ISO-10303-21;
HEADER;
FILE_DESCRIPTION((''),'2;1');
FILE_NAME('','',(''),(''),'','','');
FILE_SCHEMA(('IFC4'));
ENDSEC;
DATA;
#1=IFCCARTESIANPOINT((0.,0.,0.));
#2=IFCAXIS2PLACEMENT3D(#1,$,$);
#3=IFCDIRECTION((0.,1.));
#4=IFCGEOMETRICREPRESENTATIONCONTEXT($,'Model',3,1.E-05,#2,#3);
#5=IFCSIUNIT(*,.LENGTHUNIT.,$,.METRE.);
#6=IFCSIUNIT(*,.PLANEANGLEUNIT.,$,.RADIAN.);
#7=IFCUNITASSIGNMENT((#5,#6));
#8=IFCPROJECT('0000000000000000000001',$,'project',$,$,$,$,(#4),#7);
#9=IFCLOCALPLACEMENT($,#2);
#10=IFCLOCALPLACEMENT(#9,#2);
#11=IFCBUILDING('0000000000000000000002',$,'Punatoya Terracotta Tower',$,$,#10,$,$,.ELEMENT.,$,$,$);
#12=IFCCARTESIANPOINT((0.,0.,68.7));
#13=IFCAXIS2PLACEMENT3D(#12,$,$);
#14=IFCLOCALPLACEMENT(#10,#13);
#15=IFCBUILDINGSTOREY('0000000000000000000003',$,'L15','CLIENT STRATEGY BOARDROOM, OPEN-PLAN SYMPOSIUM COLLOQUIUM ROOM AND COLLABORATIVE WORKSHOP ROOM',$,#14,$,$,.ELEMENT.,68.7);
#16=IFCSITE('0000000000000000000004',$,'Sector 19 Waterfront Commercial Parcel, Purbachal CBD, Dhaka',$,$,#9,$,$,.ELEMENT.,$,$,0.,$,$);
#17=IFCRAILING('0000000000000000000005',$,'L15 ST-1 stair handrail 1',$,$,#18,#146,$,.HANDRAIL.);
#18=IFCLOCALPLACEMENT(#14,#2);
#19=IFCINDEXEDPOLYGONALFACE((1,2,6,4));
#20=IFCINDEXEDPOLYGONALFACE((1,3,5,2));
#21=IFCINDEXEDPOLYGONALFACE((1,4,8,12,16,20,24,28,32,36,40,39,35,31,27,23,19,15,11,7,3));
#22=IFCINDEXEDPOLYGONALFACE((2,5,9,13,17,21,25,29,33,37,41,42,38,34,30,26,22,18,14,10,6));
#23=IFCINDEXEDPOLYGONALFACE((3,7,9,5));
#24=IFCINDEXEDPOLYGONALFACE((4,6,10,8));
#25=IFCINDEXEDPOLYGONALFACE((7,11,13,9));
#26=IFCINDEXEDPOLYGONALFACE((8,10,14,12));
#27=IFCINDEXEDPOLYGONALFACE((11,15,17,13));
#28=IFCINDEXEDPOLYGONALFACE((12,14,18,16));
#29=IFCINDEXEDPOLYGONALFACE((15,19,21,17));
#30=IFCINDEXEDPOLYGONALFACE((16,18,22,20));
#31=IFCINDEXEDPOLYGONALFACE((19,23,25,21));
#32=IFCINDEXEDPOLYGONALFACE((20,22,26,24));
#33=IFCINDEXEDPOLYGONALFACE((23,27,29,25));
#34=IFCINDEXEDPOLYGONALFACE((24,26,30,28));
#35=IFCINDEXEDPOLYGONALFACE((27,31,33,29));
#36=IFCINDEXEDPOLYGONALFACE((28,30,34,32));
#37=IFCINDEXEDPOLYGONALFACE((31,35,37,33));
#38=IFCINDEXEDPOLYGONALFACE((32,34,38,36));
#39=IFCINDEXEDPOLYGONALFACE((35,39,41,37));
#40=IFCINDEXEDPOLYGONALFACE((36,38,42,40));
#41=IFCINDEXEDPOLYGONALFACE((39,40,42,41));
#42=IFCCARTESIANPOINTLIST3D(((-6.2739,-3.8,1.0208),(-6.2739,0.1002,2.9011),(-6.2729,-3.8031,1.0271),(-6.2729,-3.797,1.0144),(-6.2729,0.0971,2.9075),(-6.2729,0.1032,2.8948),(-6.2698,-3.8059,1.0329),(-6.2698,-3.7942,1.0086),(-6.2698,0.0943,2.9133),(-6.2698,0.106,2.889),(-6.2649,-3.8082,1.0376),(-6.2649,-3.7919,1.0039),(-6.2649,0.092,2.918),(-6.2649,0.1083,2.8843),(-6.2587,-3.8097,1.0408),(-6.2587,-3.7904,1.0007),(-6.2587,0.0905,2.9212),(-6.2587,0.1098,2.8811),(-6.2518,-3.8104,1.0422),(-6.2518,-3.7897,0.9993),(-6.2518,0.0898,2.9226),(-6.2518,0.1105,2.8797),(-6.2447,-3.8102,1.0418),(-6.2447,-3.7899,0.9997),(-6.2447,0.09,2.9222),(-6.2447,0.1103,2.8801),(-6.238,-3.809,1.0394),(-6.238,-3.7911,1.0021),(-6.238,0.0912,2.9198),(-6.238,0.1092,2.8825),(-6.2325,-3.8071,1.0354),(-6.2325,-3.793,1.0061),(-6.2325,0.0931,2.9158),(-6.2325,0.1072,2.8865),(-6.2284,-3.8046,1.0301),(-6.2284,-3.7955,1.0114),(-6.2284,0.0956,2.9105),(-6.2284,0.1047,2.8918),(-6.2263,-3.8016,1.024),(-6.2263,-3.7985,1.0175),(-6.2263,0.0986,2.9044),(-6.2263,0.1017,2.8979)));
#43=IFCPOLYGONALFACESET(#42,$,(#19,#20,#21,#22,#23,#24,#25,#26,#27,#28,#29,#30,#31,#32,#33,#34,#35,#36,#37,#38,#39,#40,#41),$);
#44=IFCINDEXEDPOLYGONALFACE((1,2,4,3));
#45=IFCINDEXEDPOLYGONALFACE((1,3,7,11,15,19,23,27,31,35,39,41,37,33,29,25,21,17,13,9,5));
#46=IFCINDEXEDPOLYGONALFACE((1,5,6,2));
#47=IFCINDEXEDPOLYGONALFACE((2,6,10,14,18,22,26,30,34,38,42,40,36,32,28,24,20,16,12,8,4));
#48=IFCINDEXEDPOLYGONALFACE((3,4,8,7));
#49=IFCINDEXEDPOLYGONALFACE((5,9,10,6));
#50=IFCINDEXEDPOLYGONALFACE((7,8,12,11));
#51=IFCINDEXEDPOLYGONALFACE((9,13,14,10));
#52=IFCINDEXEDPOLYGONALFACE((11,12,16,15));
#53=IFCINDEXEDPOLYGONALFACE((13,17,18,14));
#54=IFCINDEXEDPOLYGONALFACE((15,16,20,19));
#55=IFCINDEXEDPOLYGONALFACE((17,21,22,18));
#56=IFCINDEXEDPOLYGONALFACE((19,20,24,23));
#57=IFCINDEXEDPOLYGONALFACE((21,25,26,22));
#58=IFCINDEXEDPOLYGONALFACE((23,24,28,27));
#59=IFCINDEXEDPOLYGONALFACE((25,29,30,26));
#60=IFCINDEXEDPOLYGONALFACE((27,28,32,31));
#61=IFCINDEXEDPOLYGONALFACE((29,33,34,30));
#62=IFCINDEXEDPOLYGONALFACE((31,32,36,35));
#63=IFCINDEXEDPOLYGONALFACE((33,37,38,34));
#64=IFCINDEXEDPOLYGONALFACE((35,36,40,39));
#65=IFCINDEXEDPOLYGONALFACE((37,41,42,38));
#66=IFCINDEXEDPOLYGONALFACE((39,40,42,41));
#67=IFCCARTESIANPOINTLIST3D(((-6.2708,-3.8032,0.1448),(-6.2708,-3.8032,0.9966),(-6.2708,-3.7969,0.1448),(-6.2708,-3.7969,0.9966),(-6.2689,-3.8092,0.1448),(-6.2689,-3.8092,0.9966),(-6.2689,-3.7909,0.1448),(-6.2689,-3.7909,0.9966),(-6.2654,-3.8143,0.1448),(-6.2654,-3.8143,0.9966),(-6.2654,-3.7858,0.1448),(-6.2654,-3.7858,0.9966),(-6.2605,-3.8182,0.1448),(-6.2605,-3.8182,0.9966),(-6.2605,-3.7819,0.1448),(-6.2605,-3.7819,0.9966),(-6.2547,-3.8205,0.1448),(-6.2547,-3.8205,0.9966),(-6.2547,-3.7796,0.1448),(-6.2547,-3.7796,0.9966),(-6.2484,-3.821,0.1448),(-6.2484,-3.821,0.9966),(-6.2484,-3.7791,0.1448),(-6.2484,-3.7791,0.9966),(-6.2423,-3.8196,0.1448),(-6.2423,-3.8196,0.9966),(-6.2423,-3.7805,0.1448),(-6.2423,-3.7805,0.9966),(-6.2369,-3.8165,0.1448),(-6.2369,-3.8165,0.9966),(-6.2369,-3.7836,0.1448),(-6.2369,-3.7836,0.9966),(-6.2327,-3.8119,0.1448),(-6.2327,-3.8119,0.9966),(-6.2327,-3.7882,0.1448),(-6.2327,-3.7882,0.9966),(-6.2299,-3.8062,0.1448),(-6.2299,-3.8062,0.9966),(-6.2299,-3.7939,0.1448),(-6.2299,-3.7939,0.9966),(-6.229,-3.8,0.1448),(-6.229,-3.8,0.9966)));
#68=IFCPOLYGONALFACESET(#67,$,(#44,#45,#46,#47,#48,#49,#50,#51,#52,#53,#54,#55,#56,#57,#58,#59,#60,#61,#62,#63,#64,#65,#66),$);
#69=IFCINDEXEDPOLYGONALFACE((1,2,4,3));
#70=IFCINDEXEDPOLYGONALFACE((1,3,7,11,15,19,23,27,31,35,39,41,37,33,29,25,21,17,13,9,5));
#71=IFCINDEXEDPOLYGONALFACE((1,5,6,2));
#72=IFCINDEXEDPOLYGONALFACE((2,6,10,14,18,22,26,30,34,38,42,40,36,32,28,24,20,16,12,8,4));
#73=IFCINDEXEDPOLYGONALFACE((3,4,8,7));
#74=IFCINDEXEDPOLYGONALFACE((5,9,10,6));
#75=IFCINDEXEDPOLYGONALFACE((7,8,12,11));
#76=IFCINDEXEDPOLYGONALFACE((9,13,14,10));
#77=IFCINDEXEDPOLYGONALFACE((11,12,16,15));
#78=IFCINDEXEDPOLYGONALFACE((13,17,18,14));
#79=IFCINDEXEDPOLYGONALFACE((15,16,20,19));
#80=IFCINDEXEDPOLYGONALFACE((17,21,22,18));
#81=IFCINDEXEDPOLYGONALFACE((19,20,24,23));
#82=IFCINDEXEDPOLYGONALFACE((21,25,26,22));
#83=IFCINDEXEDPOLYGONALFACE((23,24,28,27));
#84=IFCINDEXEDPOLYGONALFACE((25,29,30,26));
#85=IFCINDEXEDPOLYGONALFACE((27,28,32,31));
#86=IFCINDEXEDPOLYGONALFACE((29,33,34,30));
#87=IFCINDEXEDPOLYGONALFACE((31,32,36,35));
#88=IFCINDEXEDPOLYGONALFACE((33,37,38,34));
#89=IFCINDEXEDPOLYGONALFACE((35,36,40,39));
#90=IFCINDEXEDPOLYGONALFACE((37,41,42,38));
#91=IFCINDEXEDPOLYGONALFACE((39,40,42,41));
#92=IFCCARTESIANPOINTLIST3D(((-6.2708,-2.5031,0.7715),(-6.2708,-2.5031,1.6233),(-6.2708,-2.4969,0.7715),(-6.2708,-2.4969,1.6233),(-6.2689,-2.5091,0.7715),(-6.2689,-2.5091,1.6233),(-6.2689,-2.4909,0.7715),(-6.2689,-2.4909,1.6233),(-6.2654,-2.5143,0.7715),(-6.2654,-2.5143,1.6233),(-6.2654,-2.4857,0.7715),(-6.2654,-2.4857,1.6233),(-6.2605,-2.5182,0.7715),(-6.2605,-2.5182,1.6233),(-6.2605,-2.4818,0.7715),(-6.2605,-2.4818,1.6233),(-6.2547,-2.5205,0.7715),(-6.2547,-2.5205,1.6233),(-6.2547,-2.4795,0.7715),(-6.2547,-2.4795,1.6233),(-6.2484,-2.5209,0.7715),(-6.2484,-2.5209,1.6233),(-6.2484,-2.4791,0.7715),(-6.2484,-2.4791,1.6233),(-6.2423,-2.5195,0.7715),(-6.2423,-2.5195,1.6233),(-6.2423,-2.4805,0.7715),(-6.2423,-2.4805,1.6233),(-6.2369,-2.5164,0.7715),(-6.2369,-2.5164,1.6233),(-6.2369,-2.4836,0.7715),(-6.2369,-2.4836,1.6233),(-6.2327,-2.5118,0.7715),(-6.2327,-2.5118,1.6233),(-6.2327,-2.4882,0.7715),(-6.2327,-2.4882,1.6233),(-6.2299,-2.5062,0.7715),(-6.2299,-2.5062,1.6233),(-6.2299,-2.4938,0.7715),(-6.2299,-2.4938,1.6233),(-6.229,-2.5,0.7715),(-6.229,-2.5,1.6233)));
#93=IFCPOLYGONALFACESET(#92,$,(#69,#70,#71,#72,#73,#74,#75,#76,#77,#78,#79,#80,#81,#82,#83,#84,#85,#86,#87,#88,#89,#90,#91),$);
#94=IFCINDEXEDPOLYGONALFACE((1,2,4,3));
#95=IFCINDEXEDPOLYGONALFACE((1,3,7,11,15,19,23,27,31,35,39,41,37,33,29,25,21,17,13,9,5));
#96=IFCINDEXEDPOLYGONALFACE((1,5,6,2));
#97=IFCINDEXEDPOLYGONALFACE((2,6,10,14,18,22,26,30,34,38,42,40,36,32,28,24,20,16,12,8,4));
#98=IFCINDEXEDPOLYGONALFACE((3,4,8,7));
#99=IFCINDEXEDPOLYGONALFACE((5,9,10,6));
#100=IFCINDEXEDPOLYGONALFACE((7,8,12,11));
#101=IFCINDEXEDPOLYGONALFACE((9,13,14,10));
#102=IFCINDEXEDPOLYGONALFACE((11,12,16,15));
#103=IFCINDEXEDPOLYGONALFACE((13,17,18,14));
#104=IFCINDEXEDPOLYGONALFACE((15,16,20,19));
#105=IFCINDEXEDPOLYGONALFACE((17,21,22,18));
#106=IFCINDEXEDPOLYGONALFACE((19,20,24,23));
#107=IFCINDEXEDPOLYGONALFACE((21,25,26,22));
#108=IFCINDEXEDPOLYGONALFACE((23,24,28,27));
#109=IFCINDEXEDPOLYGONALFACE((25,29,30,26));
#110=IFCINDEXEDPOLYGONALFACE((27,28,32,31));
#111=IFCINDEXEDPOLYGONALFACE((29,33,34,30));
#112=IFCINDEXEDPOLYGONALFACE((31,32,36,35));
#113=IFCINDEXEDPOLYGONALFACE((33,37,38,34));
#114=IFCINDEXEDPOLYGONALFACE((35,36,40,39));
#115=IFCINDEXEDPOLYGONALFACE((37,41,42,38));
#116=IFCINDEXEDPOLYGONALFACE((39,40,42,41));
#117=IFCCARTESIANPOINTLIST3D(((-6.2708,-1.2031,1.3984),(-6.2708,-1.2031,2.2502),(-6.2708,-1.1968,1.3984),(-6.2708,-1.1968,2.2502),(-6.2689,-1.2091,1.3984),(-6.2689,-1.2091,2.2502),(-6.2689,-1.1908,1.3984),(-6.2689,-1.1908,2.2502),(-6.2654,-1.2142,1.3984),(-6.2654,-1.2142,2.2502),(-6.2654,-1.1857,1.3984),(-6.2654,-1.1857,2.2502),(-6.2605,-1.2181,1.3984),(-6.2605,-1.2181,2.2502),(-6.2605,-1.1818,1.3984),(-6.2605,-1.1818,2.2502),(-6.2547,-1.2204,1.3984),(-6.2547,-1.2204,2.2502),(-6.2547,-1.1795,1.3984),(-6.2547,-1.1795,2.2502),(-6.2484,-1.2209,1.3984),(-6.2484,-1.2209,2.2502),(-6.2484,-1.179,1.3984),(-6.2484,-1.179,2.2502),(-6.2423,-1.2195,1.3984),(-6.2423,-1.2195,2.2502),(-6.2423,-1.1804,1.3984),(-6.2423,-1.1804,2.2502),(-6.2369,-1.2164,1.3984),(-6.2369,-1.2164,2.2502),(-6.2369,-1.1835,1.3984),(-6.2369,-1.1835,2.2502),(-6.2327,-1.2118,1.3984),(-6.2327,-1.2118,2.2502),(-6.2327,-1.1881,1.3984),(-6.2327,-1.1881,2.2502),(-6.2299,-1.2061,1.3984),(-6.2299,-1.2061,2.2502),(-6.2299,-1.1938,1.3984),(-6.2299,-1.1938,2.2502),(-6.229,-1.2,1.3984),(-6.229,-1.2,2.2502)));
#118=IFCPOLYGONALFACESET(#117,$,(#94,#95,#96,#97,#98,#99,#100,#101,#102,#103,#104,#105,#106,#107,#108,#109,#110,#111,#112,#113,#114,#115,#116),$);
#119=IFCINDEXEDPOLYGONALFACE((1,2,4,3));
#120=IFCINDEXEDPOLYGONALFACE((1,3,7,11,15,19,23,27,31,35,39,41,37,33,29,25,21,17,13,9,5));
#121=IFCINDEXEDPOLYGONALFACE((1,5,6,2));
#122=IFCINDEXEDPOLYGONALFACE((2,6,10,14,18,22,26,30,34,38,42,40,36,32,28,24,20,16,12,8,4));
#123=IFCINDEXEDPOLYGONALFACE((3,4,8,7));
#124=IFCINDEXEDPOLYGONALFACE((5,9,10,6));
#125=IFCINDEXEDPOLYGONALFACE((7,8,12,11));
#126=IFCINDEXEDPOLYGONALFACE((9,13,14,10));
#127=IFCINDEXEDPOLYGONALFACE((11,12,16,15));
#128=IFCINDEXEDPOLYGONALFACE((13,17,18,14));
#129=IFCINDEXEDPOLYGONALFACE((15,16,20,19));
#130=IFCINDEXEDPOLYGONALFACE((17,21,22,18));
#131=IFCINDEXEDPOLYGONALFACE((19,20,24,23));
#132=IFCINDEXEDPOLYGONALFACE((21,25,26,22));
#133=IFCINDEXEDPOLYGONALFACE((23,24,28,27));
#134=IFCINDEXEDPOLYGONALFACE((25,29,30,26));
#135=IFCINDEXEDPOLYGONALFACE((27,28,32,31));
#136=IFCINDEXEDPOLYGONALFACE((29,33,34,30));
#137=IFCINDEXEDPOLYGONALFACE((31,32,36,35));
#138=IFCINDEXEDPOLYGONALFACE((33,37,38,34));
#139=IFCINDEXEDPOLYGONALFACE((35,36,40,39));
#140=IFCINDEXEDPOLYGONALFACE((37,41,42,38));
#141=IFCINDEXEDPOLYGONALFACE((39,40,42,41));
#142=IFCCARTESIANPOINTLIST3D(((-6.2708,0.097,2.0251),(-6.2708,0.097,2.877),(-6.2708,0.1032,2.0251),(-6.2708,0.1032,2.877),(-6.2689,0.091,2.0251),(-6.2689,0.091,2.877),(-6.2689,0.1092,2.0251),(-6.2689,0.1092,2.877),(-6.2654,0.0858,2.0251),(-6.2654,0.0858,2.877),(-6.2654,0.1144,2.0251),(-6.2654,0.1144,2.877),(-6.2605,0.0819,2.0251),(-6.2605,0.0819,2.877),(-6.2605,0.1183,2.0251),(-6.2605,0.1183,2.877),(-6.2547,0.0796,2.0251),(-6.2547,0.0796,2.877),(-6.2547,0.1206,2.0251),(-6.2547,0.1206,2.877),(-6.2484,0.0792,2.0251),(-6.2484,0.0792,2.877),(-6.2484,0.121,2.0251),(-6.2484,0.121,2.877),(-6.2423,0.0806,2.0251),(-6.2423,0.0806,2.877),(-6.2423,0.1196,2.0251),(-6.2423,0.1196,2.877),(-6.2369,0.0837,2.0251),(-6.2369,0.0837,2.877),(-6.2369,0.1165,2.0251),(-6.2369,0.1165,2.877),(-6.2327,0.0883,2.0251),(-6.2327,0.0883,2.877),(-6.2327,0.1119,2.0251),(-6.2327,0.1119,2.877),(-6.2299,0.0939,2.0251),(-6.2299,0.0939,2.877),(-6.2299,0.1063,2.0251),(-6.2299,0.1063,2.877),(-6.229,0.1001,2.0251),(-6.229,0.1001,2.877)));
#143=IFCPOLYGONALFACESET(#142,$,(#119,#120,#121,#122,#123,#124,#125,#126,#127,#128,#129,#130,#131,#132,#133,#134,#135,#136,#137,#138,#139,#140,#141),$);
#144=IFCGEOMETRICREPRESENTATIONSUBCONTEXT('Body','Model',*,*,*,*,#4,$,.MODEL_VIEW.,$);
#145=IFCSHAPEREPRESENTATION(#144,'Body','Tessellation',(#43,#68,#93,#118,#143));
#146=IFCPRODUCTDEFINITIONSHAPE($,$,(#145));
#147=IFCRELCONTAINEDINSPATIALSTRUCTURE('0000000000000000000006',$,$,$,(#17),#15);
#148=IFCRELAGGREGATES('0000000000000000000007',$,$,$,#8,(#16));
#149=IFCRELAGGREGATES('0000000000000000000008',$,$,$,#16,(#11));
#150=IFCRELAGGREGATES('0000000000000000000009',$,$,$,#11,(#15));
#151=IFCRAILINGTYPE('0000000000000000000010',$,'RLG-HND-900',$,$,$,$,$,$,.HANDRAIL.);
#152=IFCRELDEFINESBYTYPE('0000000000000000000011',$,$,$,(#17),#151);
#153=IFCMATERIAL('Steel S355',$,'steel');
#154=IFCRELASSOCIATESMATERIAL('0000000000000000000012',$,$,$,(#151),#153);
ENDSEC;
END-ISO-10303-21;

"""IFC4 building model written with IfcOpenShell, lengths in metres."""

from ifc_helpers import new_model, si_unit, direction, frame, origin, origin_2d, place, context, subcontext, project, spatial, circle, extrude, material, type_object, element, save


model = new_model("IFC4")

# Units and contexts
model_context = context("Model", 3, precision=1e-05, world=origin(), true_north=direction((0.0, 1.0)))
body_context = subcontext(model_context, "Body", "Model", "MODEL_VIEW")
ifc_project = project(units=[si_unit("LENGTHUNIT", "METRE"), si_unit("PLANEANGLEUNIT", "RADIAN")], contexts=[model_context])

# Site, building, storey
site_placement = place(None, origin())
site = spatial("IfcSite", under=ifc_project, at=site_placement, Name="Sector 19 Waterfront Commercial Parcel, Purbachal CBD, Dhaka", CompositionType="ELEMENT", RefElevation=0.0)
building_placement = place(site_placement, origin())
building = spatial("IfcBuilding", under=site, at=building_placement, Name="Punatoya Terracotta Tower", CompositionType="ELEMENT")
storey_placement = place(building_placement, frame((0.0, 0.0, 68.7)))
storey = spatial("IfcBuildingStorey", under=building, at=storey_placement, Name="L15", Description="CLIENT STRATEGY BOARDROOM, OPEN-PLAN SYMPOSIUM COLLOQUIUM ROOM AND COLLABORATIVE WORKSHOP ROOM", CompositionType="ELEMENT", Elevation=68.7)

# Railing
ifc_material_1 = material(Name="Steel S355", Category="steel")
railing_type_1 = type_object("IfcRailingType", Name="RLG-HND-900", PredefinedType="HANDRAIL", material=ifc_material_1)
railing_1_placement = place(storey_placement, frame((-6.25, -3.8, 0.1448)))
element("IfcRailing", 1, at=railing_1_placement, inside=storey, type_object=railing_type_1, Name="L15 ST-1 stair handrail 1", PredefinedType="HANDRAIL", context=body_context, shape_type="SweptSolid", body=[
    extrude(circle(Radius=0.0239, at=origin_2d()), frame((0.0, 0.0, 0.876), z_axis=(0.0, 0.900774, 0.434289), x_axis=(-1.0, 0.0, 0.0)), (0.0, 0.0, 1.0), 4.3298),
    extrude(circle(Radius=0.021, at=origin_2d()), origin(), (0.0, 0.0, 1.0), 0.8518),
    extrude(circle(Radius=0.021, at=origin_2d()), frame((0.0, 1.3, 0.6267)), (0.0, 0.0, 1.0), 0.8518),
    extrude(circle(Radius=0.021, at=origin_2d()), frame((0.0, 2.6001, 1.2537)), (0.0, 0.0, 1.0), 0.8518),
    extrude(circle(Radius=0.021, at=origin_2d()), frame((0.0, 3.9001, 1.8804)), (0.0, 0.0, 1.0), 0.8518),
])

save(model, "model.ifc")
